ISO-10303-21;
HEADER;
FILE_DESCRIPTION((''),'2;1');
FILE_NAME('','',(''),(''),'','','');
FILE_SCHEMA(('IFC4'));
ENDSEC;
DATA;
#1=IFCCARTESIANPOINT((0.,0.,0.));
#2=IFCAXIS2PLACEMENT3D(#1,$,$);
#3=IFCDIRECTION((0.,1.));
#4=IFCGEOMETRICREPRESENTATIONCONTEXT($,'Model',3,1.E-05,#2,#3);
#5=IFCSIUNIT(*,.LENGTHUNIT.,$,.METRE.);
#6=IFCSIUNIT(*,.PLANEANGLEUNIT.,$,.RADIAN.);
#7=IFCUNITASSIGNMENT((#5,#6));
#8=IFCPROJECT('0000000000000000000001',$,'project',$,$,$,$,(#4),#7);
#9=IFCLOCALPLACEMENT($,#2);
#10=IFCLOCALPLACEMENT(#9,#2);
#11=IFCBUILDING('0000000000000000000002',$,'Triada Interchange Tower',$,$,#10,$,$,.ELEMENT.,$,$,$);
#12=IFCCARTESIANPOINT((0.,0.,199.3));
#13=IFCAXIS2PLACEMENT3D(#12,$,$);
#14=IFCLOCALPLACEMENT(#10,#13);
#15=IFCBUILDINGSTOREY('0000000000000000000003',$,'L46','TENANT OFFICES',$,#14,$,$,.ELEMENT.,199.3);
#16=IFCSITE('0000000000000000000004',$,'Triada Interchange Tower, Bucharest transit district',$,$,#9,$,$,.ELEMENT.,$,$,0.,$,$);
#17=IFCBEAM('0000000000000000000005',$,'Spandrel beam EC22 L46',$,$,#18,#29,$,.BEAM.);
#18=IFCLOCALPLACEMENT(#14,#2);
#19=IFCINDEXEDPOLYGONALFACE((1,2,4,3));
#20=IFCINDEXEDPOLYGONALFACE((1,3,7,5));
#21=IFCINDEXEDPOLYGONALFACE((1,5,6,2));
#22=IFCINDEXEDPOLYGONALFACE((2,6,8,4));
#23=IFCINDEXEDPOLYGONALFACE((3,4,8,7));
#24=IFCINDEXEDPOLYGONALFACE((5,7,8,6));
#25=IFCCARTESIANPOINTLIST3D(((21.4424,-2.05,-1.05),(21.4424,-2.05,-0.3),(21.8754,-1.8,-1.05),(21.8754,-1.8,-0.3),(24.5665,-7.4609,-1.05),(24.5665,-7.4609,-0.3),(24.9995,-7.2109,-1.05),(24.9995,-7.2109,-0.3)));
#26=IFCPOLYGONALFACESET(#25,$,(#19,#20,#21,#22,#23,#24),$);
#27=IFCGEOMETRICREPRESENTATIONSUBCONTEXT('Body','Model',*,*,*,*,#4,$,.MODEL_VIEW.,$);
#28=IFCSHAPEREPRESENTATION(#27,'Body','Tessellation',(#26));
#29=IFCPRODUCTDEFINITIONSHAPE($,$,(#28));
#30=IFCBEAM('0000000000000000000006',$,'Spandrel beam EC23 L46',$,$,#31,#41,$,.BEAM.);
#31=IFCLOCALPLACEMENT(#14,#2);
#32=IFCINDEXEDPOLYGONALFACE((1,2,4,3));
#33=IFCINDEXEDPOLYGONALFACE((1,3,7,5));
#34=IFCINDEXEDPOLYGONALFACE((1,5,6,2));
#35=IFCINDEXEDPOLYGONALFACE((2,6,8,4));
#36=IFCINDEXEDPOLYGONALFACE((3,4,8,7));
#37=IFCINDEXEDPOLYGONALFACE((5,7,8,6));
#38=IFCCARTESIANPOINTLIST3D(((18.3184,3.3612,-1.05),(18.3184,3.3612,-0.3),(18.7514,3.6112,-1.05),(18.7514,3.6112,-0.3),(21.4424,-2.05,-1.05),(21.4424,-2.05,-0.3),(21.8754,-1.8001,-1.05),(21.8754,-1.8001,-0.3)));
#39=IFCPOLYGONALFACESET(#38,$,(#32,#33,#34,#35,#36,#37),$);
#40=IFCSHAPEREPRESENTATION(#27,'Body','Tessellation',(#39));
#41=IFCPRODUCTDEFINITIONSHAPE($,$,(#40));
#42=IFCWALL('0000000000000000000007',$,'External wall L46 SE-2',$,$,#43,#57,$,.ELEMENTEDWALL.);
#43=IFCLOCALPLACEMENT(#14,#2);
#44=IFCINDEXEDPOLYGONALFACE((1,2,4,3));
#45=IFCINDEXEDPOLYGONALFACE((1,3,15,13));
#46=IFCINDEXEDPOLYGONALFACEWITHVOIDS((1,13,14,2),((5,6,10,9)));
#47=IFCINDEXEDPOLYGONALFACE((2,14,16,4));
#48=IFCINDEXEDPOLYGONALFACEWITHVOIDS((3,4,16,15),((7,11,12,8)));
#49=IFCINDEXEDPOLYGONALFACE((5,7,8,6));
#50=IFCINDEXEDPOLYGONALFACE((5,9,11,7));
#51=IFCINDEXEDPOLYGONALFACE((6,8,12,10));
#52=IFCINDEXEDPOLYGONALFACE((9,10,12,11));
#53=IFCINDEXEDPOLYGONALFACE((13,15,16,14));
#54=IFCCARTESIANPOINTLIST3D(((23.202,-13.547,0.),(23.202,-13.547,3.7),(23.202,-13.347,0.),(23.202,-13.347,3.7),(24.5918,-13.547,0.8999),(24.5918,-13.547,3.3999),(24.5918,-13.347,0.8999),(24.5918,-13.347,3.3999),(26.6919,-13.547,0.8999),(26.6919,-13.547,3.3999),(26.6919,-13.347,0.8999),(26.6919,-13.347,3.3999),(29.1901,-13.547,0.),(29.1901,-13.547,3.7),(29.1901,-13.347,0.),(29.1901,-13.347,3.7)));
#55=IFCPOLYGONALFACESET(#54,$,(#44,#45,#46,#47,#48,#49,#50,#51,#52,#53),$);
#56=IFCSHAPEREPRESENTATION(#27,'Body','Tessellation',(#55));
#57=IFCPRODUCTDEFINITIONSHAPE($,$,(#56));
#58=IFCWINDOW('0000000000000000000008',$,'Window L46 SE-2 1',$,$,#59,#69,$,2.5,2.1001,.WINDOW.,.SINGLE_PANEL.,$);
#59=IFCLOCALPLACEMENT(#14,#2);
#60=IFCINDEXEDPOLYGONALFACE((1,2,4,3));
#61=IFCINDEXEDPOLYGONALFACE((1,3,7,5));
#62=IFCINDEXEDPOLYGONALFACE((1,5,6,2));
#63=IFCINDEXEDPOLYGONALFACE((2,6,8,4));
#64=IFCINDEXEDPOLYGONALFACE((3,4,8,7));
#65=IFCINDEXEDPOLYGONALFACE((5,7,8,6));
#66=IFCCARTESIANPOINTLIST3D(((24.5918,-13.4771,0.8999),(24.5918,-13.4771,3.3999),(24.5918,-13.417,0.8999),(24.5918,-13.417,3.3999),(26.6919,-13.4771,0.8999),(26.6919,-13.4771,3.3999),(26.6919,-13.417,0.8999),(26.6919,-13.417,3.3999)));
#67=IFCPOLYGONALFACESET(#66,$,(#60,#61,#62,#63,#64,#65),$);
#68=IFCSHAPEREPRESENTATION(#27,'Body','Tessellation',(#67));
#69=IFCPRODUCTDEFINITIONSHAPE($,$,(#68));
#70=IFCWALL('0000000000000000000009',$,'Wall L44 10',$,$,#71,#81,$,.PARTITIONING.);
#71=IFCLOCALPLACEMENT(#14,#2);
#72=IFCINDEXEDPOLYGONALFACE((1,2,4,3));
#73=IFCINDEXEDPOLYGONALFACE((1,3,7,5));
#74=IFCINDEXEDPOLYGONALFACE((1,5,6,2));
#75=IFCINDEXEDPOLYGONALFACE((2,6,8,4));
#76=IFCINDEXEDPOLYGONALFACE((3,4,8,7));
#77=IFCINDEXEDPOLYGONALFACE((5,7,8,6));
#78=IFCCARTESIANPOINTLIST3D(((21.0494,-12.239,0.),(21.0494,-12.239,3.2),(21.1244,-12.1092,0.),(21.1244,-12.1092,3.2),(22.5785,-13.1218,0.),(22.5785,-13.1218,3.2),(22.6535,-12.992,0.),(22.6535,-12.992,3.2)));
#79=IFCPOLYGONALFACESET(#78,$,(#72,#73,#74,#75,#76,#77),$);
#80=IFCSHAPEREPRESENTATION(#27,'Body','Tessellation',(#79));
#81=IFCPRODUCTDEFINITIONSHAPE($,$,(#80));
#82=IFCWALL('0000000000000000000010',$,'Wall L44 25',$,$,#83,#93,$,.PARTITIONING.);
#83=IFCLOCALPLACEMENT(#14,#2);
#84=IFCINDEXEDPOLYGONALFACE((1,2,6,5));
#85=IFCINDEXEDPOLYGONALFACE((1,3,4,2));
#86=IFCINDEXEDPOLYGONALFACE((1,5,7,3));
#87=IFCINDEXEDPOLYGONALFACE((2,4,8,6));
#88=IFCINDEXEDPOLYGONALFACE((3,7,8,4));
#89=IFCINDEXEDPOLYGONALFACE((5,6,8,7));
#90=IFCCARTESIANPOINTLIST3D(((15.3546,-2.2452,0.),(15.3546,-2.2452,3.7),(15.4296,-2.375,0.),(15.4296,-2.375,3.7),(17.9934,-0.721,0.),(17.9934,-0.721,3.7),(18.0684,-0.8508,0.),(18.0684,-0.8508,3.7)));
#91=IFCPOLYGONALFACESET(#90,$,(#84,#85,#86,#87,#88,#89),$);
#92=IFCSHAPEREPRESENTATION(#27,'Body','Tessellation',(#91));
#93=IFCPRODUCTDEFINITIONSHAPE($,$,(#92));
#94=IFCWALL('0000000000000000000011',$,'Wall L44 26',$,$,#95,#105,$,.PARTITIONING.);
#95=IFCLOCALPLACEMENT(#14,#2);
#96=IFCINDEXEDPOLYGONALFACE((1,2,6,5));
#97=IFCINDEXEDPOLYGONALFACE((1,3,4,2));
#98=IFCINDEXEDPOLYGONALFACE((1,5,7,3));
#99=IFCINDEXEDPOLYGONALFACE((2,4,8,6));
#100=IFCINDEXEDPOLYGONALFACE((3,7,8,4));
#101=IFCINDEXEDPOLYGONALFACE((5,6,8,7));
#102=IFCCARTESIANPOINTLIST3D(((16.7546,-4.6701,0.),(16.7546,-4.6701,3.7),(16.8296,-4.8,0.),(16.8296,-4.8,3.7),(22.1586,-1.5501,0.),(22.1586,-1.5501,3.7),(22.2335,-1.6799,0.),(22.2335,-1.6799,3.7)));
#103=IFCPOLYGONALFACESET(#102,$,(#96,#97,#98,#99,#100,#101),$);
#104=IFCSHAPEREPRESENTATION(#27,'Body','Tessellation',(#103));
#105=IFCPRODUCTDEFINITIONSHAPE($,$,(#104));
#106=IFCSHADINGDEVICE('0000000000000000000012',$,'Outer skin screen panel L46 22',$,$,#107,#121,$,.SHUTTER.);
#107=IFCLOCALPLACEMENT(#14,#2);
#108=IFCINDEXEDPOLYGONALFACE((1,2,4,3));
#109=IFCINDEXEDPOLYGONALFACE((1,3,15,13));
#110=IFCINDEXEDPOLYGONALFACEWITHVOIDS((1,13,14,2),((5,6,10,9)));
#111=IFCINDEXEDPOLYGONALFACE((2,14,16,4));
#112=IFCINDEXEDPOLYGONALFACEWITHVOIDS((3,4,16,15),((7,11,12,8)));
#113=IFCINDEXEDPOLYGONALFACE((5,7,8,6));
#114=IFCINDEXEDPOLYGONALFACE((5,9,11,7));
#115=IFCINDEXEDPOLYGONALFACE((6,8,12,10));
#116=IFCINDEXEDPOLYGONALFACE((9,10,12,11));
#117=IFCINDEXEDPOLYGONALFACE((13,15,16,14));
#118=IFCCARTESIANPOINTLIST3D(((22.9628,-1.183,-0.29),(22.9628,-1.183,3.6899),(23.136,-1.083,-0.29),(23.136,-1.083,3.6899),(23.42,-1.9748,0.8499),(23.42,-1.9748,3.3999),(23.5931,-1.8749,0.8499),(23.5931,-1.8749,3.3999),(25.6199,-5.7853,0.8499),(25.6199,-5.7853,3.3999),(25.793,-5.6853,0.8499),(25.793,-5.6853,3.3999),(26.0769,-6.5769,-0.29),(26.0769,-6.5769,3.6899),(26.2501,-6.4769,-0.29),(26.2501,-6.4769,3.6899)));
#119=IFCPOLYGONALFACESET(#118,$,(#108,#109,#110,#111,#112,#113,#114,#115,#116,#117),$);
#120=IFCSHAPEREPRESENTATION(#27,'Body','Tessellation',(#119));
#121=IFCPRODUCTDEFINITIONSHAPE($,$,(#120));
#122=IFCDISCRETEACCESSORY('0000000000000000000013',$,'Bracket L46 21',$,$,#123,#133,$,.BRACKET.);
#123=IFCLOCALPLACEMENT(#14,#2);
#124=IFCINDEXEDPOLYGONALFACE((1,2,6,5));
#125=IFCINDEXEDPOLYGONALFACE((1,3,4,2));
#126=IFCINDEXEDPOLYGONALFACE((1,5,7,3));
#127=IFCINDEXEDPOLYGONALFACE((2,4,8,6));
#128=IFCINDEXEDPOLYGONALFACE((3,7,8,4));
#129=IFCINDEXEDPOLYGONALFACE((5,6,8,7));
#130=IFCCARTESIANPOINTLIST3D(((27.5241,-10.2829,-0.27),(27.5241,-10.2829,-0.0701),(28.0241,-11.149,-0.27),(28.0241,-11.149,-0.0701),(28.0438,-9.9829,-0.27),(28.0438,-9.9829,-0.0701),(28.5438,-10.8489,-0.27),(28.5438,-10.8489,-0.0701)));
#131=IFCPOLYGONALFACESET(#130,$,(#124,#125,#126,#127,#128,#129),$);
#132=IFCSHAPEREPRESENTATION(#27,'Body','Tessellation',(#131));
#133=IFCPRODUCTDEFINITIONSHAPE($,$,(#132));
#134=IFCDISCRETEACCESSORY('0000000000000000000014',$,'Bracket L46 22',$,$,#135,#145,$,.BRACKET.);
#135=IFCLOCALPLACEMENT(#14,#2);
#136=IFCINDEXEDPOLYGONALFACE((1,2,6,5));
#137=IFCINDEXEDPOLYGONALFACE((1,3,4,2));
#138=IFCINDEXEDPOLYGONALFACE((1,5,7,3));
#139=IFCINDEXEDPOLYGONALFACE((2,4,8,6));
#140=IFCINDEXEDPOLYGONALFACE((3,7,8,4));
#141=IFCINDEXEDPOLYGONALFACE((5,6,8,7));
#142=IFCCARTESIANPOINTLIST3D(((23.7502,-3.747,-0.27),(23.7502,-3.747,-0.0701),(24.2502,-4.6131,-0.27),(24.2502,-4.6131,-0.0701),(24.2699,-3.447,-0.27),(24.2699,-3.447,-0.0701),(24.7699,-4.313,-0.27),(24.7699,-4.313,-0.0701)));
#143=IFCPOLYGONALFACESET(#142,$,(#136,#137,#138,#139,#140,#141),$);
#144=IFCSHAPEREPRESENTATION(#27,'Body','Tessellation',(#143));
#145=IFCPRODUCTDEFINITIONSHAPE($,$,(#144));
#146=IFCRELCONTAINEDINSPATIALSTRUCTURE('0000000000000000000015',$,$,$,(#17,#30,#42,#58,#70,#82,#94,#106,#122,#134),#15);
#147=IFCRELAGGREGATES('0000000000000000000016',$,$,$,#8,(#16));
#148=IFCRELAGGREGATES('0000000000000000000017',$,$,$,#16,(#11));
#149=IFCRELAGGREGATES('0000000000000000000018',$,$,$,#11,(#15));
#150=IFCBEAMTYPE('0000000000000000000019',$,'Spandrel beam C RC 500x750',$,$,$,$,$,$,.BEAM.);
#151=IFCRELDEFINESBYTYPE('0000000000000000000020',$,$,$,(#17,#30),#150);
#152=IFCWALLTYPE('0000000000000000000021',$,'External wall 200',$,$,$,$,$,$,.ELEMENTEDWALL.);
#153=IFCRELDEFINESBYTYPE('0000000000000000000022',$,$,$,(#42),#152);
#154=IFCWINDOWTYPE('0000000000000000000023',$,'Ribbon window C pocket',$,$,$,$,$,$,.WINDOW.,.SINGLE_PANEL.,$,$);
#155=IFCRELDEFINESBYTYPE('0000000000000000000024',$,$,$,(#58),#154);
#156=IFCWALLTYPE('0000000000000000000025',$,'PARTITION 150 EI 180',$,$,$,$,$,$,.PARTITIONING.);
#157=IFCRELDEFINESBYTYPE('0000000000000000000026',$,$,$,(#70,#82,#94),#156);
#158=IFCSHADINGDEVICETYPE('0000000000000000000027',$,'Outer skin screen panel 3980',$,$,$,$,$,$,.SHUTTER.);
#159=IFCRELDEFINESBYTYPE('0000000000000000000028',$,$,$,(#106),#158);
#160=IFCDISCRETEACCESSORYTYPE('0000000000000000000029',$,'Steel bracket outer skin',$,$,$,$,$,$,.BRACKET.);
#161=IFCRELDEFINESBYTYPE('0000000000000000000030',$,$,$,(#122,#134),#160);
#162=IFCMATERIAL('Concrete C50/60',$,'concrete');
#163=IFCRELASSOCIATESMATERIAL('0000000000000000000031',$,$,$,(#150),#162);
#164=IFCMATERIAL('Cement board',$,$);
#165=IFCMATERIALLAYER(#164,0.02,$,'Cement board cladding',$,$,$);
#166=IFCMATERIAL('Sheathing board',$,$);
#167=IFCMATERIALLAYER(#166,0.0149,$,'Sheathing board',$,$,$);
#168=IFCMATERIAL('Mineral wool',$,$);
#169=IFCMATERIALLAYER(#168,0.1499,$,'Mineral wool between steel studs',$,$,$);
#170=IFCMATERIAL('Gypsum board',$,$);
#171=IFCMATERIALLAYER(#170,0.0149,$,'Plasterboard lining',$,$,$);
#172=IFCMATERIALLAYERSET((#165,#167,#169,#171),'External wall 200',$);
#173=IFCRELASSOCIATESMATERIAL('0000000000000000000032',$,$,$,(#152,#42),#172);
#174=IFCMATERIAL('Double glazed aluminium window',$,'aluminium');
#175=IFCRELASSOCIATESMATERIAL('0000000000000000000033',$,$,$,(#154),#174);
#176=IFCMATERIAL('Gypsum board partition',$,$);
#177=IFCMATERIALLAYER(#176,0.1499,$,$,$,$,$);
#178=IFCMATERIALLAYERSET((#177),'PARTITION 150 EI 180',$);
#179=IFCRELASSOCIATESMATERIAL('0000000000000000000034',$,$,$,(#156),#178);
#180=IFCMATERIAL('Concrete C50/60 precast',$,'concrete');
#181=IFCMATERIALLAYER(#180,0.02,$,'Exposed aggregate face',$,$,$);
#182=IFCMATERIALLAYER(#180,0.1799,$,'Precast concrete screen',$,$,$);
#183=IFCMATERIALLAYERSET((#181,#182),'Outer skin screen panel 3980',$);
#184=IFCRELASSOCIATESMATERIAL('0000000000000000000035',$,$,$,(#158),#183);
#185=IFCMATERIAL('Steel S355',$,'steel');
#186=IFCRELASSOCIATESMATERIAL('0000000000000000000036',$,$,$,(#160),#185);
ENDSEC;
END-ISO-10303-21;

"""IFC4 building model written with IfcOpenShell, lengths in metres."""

from ifc_helpers import new_model, si_unit, direction, frame, frame_2d, origin, origin_2d, place, context, subcontext, project, spatial, polyline, rectangle, outline, extrude, material, layer, layer_set, layer_usage, material_profile, profile_set, type_object, element, fill, save


model = new_model("IFC4")

# Units and contexts
model_context = context("Model", 3, precision=1e-05, world=origin(), true_north=direction((0.0, 1.0)))
body_context = subcontext(model_context, "Body", "Model", "MODEL_VIEW")
ifc_project = project(units=[si_unit("LENGTHUNIT", "METRE"), si_unit("PLANEANGLEUNIT", "RADIAN")], contexts=[model_context])

# Site, building, storey
site_placement = place(None, origin())
site = spatial("IfcSite", under=ifc_project, at=site_placement, Name="Triada Interchange Tower, Bucharest transit district", CompositionType="ELEMENT", RefElevation=0.0)
building_placement = place(site_placement, origin())
building = spatial("IfcBuilding", under=site, at=building_placement, Name="Triada Interchange Tower", CompositionType="ELEMENT")
storey_placement = place(building_placement, frame((0.0, 0.0, 199.3)))
storey = spatial("IfcBuildingStorey", under=building, at=storey_placement, Name="L46", Description="TENANT OFFICES", CompositionType="ELEMENT", Elevation=199.3)

# Shared definitions
ifc_material_1 = material(Name="Concrete C50/60", Category="concrete")

# Beams
ifc_material_profile_1 = material_profile(ifc_material_1, rectangle(XDim=0.5, YDim=0.75, at=origin_2d()), Name="RC 500x750")
ifc_profile_set_1 = profile_set([ifc_material_profile_1], Name="Concrete C50/60")
beam_type_1 = type_object("IfcBeamType", Name="Spandrel beam C RC 500x750", PredefinedType="BEAM", material=ifc_profile_set_1)
beam_1_placement = place(storey_placement, frame((24.783, -7.3359, -0.675), z_axis=(-0.500005, 0.866022, 0.0), x_axis=(-0.866022, -0.500005, 0.0)))
element("IfcBeam", 1, at=beam_1_placement, inside=storey, type_object=beam_type_1, Name="Spandrel beam EC22 L46", PredefinedType="BEAM", context=body_context, shape_type="SweptSolid", body=[
    extrude(rectangle(XDim=0.5, YDim=0.75, at=origin_2d()), origin(), (0.0, 0.0, 1.0), 6.248),
])
beam_2_placement = place(storey_placement, frame((21.6589, -1.925, -0.675), z_axis=(-0.499989, 0.866032, 0.0), x_axis=(-0.866032, -0.499989, 0.0)))
element("IfcBeam", 2, at=beam_2_placement, inside=storey, type_object=beam_type_1, Name="Spandrel beam EC23 L46", PredefinedType="BEAM", context=body_context, shape_type="SweptSolid", body=[
    extrude(rectangle(XDim=0.5, YDim=0.75, at=origin_2d()), origin(), (0.0, 0.0, 1.0), 6.2483),
])

# Wall, opening, window
ifc_material_2 = material(Name="Cement board")
ifc_layer_1 = layer(ifc_material_2, 0.02, Name="Cement board cladding")
ifc_material_3 = material(Name="Sheathing board")
ifc_layer_2 = layer(ifc_material_3, 0.0149, Name="Sheathing board")
ifc_material_4 = material(Name="Mineral wool")
ifc_layer_3 = layer(ifc_material_4, 0.1499, Name="Mineral wool between steel studs")
ifc_material_5 = material(Name="Gypsum board")
ifc_layer_4 = layer(ifc_material_5, 0.0149, Name="Plasterboard lining")
ifc_layer_set_1 = layer_set([ifc_layer_1, ifc_layer_2, ifc_layer_3, ifc_layer_4], Name="External wall 200")
ifc_layer_usage = layer_usage(ifc_layer_set_1, "AXIS2", "POSITIVE", -0.1001)
wall_type_1 = type_object("IfcWallType", Name="External wall 200", PredefinedType="ELEMENTEDWALL", material=ifc_layer_set_1)
wall_1_placement = place(storey_placement, frame((23.2019, -13.447, 0.0), z_axis=(0.0, 0.0, 1.0), x_axis=(1.0, 0.0, 0.0)))
wall_1 = element("IfcWall", 3, at=wall_1_placement, inside=storey, type_object=wall_type_1, material=ifc_layer_usage, Name="External wall L46 SE-2", PredefinedType="ELEMENTEDWALL", context=body_context, shape_type="SweptSolid", body=[
    extrude(rectangle(XDim=5.988, YDim=0.2, at=frame_2d((2.9941, 0.0))), origin(), (0.0, 0.0, 1.0), 3.7),
])
opening_placement = place(wall_1_placement, frame((1.3899, 0.0, 0.8999)))
opening = element("IfcOpeningElement", 4, at=opening_placement, cuts=wall_1, PredefinedType="OPENING", context=body_context, shape_type="SweptSolid", body=[
    extrude(rectangle(XDim=2.1001, YDim=2.5, at=frame_2d((1.05, 1.25))), frame((0.0, 0.1099, 0.0), z_axis=(0.0, -1.0, 0.0), x_axis=(1.0, 0.0, 0.0)), (0.0, 0.0, 1.0), 0.22),
])
ifc_material_6 = material(Name="Double glazed aluminium window", Category="aluminium")
window_type = type_object("IfcWindowType", Name="Ribbon window C pocket", PartitioningType="SINGLE_PANEL", PredefinedType="WINDOW", material=ifc_material_6)
window_placement = place(opening_placement, origin())
window = element("IfcWindow", 5, at=window_placement, inside=storey, type_object=window_type, Name="Window L46 SE-2 1", OverallHeight=2.5, OverallWidth=2.1001, PartitioningType="SINGLE_PANEL", PredefinedType="WINDOW", context=body_context, shape_type="SweptSolid", body=[
    extrude(rectangle(XDim=2.1001, YDim=2.5, at=frame_2d((1.05, 1.25))), frame((0.0, 0.03, 0.0), z_axis=(0.0, -1.0, 0.0), x_axis=(1.0, 0.0, 0.0)), (0.0, 0.0, 1.0), 0.0601),
])
fill(opening, window)

# Walls
ifc_material_7 = material(Name="Gypsum board partition")
ifc_layer_5 = layer(ifc_material_7, 0.1499)
ifc_layer_set_2 = layer_set([ifc_layer_5], Name="PARTITION 150 EI 180")
wall_type_2 = type_object("IfcWallType", Name="PARTITION 150 EI 180", PredefinedType="PARTITIONING", material=ifc_layer_set_2)
wall_2_placement = place(storey_placement, frame((21.0869, -12.1741, 0.0), z_axis=(0.0, 0.0, 1.0), x_axis=(0.866022, -0.500006, 0.0)))
element("IfcWall", 6, at=wall_2_placement, inside=storey, type_object=wall_type_2, Name="Wall L44 10", PredefinedType="PARTITIONING", context=body_context, shape_type="SweptSolid", body=[
    extrude(rectangle(XDim=1.7656, YDim=0.1499, at=frame_2d((0.8828, 0.0))), origin(), (0.0, 0.0, 1.0), 3.2),
])
wall_3_placement = place(storey_placement, frame((15.3921, -2.3101, 0.0), z_axis=(0.0, 0.0, 1.0), x_axis=(0.865941, 0.500145, 0.0)))
element("IfcWall", 7, at=wall_3_placement, inside=storey, type_object=wall_type_2, Name="Wall L44 25", PredefinedType="PARTITIONING", context=body_context, shape_type="SweptSolid", body=[
    extrude(rectangle(XDim=3.0474, YDim=0.1499, at=frame_2d((1.5237, 0.0))), origin(), (0.0, 0.0, 1.0), 3.7),
])
wall_4_placement = place(storey_placement, frame((16.792, -4.7351, 0.0), z_axis=(0.0, 0.0, 1.0), x_axis=(0.866019, 0.50001, 0.0)))
element("IfcWall", 8, at=wall_4_placement, inside=storey, type_object=wall_type_2, Name="Wall L44 26", PredefinedType="PARTITIONING", context=body_context, shape_type="SweptSolid", body=[
    extrude(rectangle(XDim=6.24, YDim=0.1499, at=frame_2d((3.1201, 0.0))), origin(), (0.0, 0.0, 1.0), 3.7),
])

# Shading device
ifc_material_8 = material(Name="Concrete C50/60 precast", Category="concrete")
ifc_layer_6 = layer(ifc_material_8, 0.02, Name="Exposed aggregate face")
ifc_layer_7 = layer(ifc_material_8, 0.1799, Name="Precast concrete screen")
ifc_layer_set_3 = layer_set([ifc_layer_6, ifc_layer_7], Name="Outer skin screen panel 3980")
shading_device_type = type_object("IfcShadingDeviceType", Name="Outer skin screen panel 3980", PredefinedType="SHUTTER", material=ifc_layer_set_3)
shading_device_placement = place(storey_placement, frame((26.0769, -6.5769, -0.29), z_axis=(0.0, 0.0, 1.0), x_axis=(-0.499988, 0.866032, 0.0)))
element("IfcShadingDevice", 9, at=shading_device_placement, inside=storey, type_object=shading_device_type, Name="Outer skin screen panel L46 22", PredefinedType="SHUTTER", context=body_context, shape_type="SweptSolid", body=[
    extrude(outline(polyline([(0.0, 0.0), (6.2283, 0.0), (6.2283, 3.98), (0.0, 3.98), (0.0, 0.0)]), holes=[polyline([(0.9141, 1.1399), (0.9141, 3.6899), (5.314, 3.6899), (5.314, 1.1399), (0.9141, 1.1399)])]), frame((0.0, 0.0, 0.0), z_axis=(0.0, -1.0, 0.0), x_axis=(1.0, 0.0, 0.0)), (0.0, 0.0, 1.0), 0.2),
])

# Discrete accessories
ifc_material_9 = material(Name="Steel S355", Category="steel")
discrete_accessory_type = type_object("IfcDiscreteAccessoryType", Name="Steel bracket outer skin", PredefinedType="BRACKET", material=ifc_material_9)
for number, where, z_axis, x_axis, name in (
    (10, (28.0339, -10.5659, -0.27), (0.0, 0.0, 1.0), (0.866023, 0.500003, 0.0), "Bracket L46 21"),
    (11, (24.26, -4.03, -0.27), (0.0, 0.0, 1.0), (0.866023, 0.500003, 0.0), "Bracket L46 22"),
):
    element("IfcDiscreteAccessory", number, at=place(storey_placement, frame(where, z_axis=z_axis, x_axis=x_axis)), inside=storey, type_object=discrete_accessory_type, Name=name, PredefinedType="BRACKET", context=body_context, shape_type="SweptSolid", body=[
        extrude(rectangle(XDim=0.6001, YDim=1.0, at=origin_2d()), origin(), (0.0, 0.0, 1.0), 0.2),
    ])

save(model, "model.ifc")
